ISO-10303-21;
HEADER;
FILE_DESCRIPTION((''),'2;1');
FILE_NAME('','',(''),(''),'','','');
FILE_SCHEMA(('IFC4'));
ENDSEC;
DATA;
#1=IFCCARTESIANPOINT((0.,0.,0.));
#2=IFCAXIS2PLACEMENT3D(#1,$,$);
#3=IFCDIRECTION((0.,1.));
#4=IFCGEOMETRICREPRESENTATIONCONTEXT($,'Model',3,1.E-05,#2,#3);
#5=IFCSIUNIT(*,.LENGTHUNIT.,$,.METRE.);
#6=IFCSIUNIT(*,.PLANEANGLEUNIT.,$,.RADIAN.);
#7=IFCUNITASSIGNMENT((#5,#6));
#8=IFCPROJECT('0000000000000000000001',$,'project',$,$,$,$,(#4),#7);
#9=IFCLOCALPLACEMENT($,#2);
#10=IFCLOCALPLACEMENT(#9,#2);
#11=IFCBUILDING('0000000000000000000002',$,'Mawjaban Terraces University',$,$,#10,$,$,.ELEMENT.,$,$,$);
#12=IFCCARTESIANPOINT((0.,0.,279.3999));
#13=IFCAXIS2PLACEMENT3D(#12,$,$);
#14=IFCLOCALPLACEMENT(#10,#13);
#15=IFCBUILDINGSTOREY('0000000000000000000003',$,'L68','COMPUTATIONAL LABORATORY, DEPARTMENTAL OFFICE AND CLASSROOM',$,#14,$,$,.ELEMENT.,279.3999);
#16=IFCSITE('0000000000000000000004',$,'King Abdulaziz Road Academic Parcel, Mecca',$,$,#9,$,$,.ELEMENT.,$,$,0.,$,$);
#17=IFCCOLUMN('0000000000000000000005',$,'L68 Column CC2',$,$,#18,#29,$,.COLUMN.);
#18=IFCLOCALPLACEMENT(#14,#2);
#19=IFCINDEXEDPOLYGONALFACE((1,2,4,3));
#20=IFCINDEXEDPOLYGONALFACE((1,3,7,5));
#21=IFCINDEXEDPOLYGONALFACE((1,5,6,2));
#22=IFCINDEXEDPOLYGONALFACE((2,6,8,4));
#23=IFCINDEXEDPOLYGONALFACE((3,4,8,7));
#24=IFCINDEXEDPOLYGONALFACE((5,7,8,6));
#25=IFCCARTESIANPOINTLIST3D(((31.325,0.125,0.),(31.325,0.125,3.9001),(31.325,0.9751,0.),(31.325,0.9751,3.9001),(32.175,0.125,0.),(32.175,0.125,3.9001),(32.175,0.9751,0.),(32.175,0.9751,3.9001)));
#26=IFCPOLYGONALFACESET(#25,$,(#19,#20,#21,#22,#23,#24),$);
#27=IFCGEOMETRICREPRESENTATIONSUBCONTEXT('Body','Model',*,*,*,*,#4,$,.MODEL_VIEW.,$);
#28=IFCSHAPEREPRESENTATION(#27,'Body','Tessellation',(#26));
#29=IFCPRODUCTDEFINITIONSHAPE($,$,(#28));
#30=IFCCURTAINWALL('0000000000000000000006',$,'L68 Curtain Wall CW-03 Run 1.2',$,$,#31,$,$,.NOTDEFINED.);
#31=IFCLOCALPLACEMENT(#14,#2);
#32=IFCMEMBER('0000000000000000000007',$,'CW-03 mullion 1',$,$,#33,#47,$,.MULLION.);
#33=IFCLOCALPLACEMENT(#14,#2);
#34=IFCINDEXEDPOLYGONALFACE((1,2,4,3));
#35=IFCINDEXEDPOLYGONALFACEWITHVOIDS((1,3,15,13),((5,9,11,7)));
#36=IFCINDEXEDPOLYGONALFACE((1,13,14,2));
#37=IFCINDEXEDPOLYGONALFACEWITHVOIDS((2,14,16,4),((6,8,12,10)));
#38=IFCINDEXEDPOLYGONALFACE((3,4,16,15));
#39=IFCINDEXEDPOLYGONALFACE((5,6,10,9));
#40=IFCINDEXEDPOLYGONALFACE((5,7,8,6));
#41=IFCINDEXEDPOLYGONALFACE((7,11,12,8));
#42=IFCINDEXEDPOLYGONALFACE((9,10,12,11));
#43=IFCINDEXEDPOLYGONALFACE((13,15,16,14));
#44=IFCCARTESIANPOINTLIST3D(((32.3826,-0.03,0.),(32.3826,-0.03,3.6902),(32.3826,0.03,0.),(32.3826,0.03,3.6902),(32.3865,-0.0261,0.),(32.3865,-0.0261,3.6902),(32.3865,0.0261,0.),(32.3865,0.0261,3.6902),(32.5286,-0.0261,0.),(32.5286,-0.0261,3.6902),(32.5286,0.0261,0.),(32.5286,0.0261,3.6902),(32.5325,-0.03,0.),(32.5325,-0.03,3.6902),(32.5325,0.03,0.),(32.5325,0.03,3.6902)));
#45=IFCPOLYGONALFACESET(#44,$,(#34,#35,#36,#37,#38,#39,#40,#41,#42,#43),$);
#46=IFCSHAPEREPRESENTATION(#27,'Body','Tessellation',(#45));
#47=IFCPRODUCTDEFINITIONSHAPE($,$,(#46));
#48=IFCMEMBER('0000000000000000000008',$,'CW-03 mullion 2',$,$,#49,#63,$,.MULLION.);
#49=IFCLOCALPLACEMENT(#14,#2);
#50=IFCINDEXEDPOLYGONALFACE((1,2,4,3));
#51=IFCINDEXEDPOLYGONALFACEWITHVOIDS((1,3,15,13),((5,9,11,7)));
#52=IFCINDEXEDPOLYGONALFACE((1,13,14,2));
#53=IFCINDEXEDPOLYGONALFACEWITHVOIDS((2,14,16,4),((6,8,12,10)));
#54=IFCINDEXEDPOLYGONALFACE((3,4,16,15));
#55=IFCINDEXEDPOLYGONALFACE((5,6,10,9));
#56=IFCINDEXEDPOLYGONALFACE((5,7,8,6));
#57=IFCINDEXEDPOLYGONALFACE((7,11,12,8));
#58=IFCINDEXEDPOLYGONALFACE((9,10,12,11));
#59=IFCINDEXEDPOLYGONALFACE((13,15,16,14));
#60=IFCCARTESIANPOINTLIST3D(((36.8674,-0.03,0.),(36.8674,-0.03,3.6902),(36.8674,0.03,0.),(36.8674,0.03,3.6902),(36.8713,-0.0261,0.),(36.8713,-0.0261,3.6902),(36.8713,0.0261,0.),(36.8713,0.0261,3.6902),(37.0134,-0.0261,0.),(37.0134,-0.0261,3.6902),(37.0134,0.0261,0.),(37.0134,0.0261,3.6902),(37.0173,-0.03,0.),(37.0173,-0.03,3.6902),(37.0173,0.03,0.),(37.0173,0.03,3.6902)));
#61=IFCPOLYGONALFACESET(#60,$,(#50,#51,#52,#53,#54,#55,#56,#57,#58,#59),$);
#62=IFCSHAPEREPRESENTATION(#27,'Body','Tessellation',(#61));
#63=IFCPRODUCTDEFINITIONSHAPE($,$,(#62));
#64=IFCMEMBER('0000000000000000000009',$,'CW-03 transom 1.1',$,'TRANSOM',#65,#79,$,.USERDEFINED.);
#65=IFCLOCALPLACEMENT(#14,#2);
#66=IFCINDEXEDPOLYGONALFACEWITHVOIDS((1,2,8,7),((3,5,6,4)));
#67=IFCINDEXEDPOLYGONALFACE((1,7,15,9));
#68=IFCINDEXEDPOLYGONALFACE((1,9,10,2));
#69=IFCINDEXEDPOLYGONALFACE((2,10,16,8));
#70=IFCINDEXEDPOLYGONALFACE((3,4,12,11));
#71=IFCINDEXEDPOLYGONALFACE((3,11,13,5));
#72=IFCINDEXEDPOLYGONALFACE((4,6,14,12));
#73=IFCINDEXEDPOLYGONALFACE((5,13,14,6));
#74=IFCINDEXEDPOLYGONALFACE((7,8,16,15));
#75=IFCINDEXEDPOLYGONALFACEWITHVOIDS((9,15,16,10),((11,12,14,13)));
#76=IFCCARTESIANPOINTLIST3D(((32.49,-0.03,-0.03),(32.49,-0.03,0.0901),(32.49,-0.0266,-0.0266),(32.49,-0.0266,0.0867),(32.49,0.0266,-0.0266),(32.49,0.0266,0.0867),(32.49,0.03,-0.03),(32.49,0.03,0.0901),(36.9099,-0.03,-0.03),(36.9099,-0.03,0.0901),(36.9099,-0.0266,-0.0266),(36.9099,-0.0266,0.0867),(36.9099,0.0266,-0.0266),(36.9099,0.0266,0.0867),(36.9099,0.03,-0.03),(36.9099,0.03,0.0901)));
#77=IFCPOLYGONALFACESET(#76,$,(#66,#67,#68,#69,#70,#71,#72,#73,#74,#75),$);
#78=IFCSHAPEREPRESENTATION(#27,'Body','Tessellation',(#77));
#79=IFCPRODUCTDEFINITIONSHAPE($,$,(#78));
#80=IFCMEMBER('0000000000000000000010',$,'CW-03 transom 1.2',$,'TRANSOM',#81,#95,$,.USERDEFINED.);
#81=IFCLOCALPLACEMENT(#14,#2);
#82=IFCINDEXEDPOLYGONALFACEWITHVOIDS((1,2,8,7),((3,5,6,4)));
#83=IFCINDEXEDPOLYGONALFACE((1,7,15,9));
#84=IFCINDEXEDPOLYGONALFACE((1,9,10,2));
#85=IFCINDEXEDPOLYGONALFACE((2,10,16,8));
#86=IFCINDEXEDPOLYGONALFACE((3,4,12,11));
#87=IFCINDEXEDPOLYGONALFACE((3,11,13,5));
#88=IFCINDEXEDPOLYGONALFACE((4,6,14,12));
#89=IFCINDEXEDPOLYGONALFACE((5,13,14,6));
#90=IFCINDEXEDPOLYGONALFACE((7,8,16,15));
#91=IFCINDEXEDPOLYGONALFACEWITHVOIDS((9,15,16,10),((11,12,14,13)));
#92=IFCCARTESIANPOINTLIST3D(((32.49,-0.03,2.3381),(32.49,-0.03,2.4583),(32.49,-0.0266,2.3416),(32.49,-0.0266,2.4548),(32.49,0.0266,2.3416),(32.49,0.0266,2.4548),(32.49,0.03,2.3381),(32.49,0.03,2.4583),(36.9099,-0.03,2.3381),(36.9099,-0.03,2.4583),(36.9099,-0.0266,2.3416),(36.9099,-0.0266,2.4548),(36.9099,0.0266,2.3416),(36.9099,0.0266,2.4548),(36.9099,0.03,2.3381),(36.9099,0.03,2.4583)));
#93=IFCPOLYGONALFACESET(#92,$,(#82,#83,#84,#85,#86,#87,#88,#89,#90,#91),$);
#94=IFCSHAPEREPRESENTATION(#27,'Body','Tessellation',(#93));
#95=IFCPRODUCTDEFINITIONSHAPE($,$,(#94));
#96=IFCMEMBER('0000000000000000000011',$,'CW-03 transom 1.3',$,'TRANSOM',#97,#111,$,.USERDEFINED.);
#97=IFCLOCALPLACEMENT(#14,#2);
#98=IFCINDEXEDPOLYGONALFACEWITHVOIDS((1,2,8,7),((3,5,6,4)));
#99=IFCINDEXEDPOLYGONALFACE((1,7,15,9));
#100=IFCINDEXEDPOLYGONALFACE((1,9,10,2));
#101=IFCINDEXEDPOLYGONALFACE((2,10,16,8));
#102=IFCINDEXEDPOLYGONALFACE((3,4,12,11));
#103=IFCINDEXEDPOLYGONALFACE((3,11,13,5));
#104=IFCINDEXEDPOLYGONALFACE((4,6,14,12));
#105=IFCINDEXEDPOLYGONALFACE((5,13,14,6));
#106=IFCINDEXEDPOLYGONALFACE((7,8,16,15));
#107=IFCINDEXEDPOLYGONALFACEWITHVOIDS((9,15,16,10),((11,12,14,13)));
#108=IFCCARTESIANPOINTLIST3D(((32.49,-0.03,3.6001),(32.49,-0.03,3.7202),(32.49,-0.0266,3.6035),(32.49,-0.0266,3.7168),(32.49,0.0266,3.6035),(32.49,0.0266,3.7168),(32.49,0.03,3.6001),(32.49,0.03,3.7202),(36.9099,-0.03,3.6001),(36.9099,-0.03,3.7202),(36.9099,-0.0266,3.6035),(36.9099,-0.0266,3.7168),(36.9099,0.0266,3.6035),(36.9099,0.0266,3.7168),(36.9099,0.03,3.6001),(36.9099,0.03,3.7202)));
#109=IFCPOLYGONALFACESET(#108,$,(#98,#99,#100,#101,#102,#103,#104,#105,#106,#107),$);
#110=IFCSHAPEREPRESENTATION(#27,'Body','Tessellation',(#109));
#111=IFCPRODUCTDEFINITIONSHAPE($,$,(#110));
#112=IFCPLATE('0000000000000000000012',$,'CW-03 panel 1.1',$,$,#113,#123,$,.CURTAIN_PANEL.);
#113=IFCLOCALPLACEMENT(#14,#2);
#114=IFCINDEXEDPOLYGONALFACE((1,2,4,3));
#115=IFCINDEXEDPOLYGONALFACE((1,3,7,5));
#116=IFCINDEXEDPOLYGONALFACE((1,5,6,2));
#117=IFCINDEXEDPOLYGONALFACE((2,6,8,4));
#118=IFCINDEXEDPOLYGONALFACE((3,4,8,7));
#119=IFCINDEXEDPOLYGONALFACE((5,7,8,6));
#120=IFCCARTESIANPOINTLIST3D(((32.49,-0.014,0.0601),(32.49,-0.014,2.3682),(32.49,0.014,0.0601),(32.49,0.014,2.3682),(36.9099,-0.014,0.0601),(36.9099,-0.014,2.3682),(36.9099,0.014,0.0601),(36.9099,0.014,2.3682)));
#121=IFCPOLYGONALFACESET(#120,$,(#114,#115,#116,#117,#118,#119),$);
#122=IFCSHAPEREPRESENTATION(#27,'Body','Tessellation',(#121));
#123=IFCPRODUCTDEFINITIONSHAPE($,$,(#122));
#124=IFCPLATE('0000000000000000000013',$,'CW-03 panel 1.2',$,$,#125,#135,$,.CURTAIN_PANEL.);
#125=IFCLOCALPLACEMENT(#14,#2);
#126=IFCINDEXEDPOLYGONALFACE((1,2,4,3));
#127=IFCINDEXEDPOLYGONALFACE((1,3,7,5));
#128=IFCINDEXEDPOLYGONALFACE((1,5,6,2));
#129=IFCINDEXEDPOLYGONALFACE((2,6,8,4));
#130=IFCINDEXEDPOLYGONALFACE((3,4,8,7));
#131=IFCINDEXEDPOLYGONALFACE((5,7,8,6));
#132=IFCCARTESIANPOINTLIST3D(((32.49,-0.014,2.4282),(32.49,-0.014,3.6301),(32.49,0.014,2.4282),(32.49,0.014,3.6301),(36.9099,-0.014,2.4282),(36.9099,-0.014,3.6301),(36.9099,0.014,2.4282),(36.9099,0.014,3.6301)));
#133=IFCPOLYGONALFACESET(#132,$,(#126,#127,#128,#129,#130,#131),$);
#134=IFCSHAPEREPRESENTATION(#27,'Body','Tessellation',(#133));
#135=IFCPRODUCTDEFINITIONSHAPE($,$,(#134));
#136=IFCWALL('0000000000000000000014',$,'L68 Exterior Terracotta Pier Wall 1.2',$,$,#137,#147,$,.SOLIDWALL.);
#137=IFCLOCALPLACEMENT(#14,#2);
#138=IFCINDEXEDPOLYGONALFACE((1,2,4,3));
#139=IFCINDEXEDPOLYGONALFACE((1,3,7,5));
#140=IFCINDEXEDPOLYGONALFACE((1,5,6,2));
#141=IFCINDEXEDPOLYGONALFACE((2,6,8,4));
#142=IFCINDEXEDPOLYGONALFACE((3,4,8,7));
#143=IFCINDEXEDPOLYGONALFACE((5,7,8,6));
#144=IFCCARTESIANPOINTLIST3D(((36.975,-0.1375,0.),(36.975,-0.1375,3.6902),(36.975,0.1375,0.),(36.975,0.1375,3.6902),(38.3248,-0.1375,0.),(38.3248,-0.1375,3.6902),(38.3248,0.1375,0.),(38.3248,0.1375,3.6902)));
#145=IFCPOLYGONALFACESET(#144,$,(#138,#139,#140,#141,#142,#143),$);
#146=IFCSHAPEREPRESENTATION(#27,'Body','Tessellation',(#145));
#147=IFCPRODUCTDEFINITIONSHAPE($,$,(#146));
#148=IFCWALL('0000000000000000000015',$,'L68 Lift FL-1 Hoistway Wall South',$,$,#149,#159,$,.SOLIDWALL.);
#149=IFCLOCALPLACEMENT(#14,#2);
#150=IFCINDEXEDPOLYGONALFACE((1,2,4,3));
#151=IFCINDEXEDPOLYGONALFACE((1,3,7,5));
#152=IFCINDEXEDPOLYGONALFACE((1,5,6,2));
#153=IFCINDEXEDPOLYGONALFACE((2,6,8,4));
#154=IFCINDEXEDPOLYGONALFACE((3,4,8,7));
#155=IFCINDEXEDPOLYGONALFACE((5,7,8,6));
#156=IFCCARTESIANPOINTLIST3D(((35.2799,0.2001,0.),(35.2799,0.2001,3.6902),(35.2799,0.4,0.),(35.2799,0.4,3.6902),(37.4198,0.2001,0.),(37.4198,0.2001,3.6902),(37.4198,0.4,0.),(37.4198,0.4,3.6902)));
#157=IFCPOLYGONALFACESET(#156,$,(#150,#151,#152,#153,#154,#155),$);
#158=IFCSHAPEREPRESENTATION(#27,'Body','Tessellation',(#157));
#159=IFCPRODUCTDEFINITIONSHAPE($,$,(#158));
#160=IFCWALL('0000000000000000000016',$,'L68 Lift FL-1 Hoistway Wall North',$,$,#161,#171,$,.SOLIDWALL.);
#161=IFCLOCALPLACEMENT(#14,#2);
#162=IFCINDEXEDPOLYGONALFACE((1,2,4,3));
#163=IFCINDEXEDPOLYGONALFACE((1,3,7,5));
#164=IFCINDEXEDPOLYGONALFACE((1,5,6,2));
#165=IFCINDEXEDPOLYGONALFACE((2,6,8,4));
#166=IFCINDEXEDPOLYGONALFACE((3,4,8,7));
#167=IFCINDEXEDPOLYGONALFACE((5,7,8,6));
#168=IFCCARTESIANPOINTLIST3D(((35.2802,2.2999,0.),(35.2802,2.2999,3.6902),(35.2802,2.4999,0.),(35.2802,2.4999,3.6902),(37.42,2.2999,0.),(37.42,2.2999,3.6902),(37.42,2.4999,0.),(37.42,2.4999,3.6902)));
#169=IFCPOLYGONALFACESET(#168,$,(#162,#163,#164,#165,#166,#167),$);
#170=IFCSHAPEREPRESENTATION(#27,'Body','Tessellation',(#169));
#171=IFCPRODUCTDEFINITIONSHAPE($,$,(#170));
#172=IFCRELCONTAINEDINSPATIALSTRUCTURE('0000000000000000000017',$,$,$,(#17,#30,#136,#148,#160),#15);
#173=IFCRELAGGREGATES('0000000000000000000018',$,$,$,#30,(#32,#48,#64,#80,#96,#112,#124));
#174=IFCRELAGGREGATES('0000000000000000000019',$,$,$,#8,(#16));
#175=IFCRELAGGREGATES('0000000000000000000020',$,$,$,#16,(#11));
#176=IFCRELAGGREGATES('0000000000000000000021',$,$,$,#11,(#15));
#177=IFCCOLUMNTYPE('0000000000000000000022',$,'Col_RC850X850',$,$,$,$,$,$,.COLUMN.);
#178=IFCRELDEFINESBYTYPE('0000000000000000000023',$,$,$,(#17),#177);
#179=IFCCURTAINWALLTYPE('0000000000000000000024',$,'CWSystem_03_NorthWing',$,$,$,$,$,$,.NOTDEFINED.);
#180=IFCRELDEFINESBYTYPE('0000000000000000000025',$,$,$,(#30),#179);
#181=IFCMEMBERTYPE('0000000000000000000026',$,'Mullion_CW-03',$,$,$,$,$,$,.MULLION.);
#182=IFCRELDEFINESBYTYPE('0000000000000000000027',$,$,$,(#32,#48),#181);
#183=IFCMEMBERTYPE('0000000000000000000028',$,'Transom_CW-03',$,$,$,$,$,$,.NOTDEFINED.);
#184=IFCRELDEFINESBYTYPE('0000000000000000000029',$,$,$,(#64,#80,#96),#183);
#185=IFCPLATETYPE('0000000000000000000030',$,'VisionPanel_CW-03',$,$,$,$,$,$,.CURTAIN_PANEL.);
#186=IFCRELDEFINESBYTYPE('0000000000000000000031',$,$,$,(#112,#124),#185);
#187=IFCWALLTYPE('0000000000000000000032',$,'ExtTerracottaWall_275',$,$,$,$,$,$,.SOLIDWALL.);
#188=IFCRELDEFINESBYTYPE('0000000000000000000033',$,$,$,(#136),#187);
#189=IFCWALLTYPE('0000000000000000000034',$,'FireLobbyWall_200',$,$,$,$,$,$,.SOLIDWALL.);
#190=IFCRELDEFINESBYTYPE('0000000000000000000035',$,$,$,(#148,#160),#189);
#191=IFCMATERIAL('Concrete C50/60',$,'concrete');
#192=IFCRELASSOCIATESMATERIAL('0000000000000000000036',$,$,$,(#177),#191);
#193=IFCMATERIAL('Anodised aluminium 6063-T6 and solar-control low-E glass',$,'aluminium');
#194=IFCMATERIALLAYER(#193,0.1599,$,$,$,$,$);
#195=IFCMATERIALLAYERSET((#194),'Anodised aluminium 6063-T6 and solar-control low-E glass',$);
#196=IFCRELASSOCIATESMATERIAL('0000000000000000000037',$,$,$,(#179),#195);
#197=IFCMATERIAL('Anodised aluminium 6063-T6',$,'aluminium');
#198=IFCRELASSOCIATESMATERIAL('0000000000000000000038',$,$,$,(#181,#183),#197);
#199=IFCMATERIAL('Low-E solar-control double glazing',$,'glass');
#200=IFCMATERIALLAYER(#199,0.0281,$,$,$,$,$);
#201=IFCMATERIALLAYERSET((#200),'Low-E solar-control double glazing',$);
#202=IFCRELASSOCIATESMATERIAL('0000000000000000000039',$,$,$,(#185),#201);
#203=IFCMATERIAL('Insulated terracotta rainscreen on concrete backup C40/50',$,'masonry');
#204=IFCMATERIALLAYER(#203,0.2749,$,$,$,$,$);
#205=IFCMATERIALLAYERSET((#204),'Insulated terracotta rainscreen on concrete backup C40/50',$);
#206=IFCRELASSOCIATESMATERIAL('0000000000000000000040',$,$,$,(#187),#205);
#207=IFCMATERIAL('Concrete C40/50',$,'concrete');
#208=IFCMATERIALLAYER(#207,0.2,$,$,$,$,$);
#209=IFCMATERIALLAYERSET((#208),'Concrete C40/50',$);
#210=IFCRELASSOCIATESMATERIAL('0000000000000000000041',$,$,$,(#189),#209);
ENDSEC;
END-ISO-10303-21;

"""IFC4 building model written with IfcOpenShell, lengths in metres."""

from ifc_helpers import new_model, si_unit, direction, frame, frame_2d, origin, origin_2d, place, context, subcontext, project, spatial, rectangle, hollow_rectangle, extrude, material, layer, layer_set, material_profile, profile_set, type_object, element, aggregate, save


model = new_model("IFC4")

# Units and contexts
model_context = context("Model", 3, precision=1e-05, world=origin(), true_north=direction((0.0, 1.0)))
body_context = subcontext(model_context, "Body", "Model", "MODEL_VIEW")
ifc_project = project(units=[si_unit("LENGTHUNIT", "METRE"), si_unit("PLANEANGLEUNIT", "RADIAN")], contexts=[model_context])

# Site, building, storey
site_placement = place(None, origin())
site = spatial("IfcSite", under=ifc_project, at=site_placement, Name="King Abdulaziz Road Academic Parcel, Mecca", CompositionType="ELEMENT", RefElevation=0.0)
building_placement = place(site_placement, origin())
building = spatial("IfcBuilding", under=site, at=building_placement, Name="Mawjaban Terraces University", CompositionType="ELEMENT")
storey_placement = place(building_placement, frame((0.0, 0.0, 279.3999)))
storey = spatial("IfcBuildingStorey", under=building, at=storey_placement, Name="L68", Description="COMPUTATIONAL LABORATORY, DEPARTMENTAL OFFICE AND CLASSROOM", CompositionType="ELEMENT", Elevation=279.3999)

# Column
ifc_material_1 = material(Name="Concrete C50/60", Category="concrete")
ifc_material_profile_1 = material_profile(ifc_material_1, rectangle(XDim=0.8501, YDim=0.8501, at=origin_2d()), Name="RC850X850")
ifc_profile_set_1 = profile_set([ifc_material_profile_1], Name="Concrete C50/60")
column_type = type_object("IfcColumnType", Name="Col_RC850X850", PredefinedType="COLUMN", material=ifc_profile_set_1)
column_placement = place(storey_placement, frame((31.75, 0.55, 0.0), z_axis=(0.0, 0.0, 1.0), x_axis=(1.0, 0.0, 0.0)))
element("IfcColumn", 1, at=column_placement, inside=storey, type_object=column_type, Name="L68 Column CC2", PredefinedType="COLUMN", context=body_context, shape_type="SweptSolid", body=[
    extrude(rectangle(XDim=0.8501, YDim=0.8501, at=origin_2d()), origin(), (0.0, 0.0, 1.0), 3.9001),
])

# Curtain wall, members, plates
ifc_material_2 = material(Name="Anodised aluminium 6063-T6 and solar-control low-E glass", Category="aluminium")
ifc_layer_1 = layer(ifc_material_2, 0.1599)
ifc_layer_set_1 = layer_set([ifc_layer_1], Name="Anodised aluminium 6063-T6 and solar-control low-E glass")
curtain_wall_type = type_object("IfcCurtainWallType", Name="CWSystem_03_NorthWing", PredefinedType="NOTDEFINED", material=ifc_layer_set_1)
curtain_wall_placement = place(storey_placement, origin())
curtain_wall = element("IfcCurtainWall", 2, at=curtain_wall_placement, inside=storey, type_object=curtain_wall_type, Name="L68 Curtain Wall CW-03 Run 1.2", PredefinedType="NOTDEFINED")
ifc_material_3 = material(Name="Anodised aluminium 6063-T6", Category="aluminium")
ifc_material_profile_2 = material_profile(ifc_material_3, hollow_rectangle(XDim=0.0601, YDim=0.1499, WallThickness=0.0039, at=origin_2d()), Name="ALU150X60X4")
ifc_profile_set_2 = profile_set([ifc_material_profile_2], Name="Anodised aluminium 6063-T6")
member_type_1 = type_object("IfcMemberType", Name="Mullion_CW-03", PredefinedType="MULLION", material=ifc_profile_set_2)
member_1_placement = place(storey_placement, frame((32.4575, 0.0, 0.0), z_axis=(0.0, 0.0, 1.0), x_axis=(0.0, 1.0, 0.0)))
member_1 = element("IfcMember", 3, at=member_1_placement, type_object=member_type_1, Name="CW-03 mullion 1", PredefinedType="MULLION", context=body_context, shape_type="SweptSolid", body=[
    extrude(hollow_rectangle(XDim=0.0601, YDim=0.1499, WallThickness=0.0039, at=origin_2d()), origin(), (0.0, 0.0, 1.0), 3.6902),
])
member_2_placement = place(storey_placement, frame((36.9424, 0.0, 0.0), z_axis=(0.0, 0.0, 1.0), x_axis=(0.0, 1.0, 0.0)))
member_2 = element("IfcMember", 4, at=member_2_placement, type_object=member_type_1, Name="CW-03 mullion 2", PredefinedType="MULLION", context=body_context, shape_type="SweptSolid", body=[
    extrude(hollow_rectangle(XDim=0.0601, YDim=0.1499, WallThickness=0.0039, at=origin_2d()), origin(), (0.0, 0.0, 1.0), 3.6902),
])
ifc_material_profile_3 = material_profile(ifc_material_3, hollow_rectangle(XDim=0.0601, YDim=0.1201, WallThickness=0.0034, at=origin_2d()), Name="ALU120X60X3.5")
ifc_profile_set_3 = profile_set([ifc_material_profile_3], Name="Anodised aluminium 6063-T6")
member_type_2 = type_object("IfcMemberType", Name="Transom_CW-03", PredefinedType="NOTDEFINED", material=ifc_profile_set_3)
member_3_placement = place(storey_placement, frame((32.49, 0.0, 0.03), z_axis=(1.0, 0.0, 0.0), x_axis=(0.0, 1.0, 0.0)))
member_3 = element("IfcMember", 5, at=member_3_placement, type_object=member_type_2, Name="CW-03 transom 1.1", ObjectType="TRANSOM", PredefinedType="USERDEFINED", context=body_context, shape_type="SweptSolid", body=[
    extrude(hollow_rectangle(XDim=0.0601, YDim=0.1201, WallThickness=0.0034, at=origin_2d()), origin(), (0.0, 0.0, 1.0), 4.4199),
])
member_4_placement = place(storey_placement, frame((32.49, 0.0, 2.3982), z_axis=(1.0, 0.0, 0.0), x_axis=(0.0, 1.0, 0.0)))
member_4 = element("IfcMember", 6, at=member_4_placement, type_object=member_type_2, Name="CW-03 transom 1.2", ObjectType="TRANSOM", PredefinedType="USERDEFINED", context=body_context, shape_type="SweptSolid", body=[
    extrude(hollow_rectangle(XDim=0.0601, YDim=0.1201, WallThickness=0.0034, at=origin_2d()), origin(), (0.0, 0.0, 1.0), 4.4199),
])
member_5_placement = place(storey_placement, frame((32.49, 0.0, 3.6602), z_axis=(1.0, 0.0, 0.0), x_axis=(0.0, 1.0, 0.0)))
member_5 = element("IfcMember", 7, at=member_5_placement, type_object=member_type_2, Name="CW-03 transom 1.3", ObjectType="TRANSOM", PredefinedType="USERDEFINED", context=body_context, shape_type="SweptSolid", body=[
    extrude(hollow_rectangle(XDim=0.0601, YDim=0.1201, WallThickness=0.0034, at=origin_2d()), origin(), (0.0, 0.0, 1.0), 4.4199),
])
ifc_material_4 = material(Name="Low-E solar-control double glazing", Category="glass")
ifc_layer_2 = layer(ifc_material_4, 0.0281)
ifc_layer_set_2 = layer_set([ifc_layer_2], Name="Low-E solar-control double glazing")
plate_type = type_object("IfcPlateType", Name="VisionPanel_CW-03", PredefinedType="CURTAIN_PANEL", material=ifc_layer_set_2)
plate_1_placement = place(storey_placement, frame((34.7, 0.0, 0.0601), z_axis=(0.0, 0.0, 1.0), x_axis=(1.0, 0.0, 0.0)))
plate_1 = element("IfcPlate", 8, at=plate_1_placement, type_object=plate_type, Name="CW-03 panel 1.1", PredefinedType="CURTAIN_PANEL", context=body_context, shape_type="SweptSolid", body=[
    extrude(rectangle(XDim=4.4199, YDim=0.0281, at=origin_2d()), origin(), (0.0, 0.0, 1.0), 2.3081),
])
plate_2_placement = place(storey_placement, frame((34.7, 0.0, 2.4282), z_axis=(0.0, 0.0, 1.0), x_axis=(1.0, 0.0, 0.0)))
plate_2 = element("IfcPlate", 9, at=plate_2_placement, type_object=plate_type, Name="CW-03 panel 1.2", PredefinedType="CURTAIN_PANEL", context=body_context, shape_type="SweptSolid", body=[
    extrude(rectangle(XDim=4.4199, YDim=0.0281, at=origin_2d()), origin(), (0.0, 0.0, 1.0), 1.2019),
])
aggregate(curtain_wall, [member_1, member_2, member_3, member_4, member_5, plate_1, plate_2])

# Wall
ifc_material_5 = material(Name="Insulated terracotta rainscreen on concrete backup C40/50", Category="masonry")
ifc_layer_3 = layer(ifc_material_5, 0.2749)
ifc_layer_set_3 = layer_set([ifc_layer_3], Name="Insulated terracotta rainscreen on concrete backup C40/50")
wall_type_1 = type_object("IfcWallType", Name="ExtTerracottaWall_275", PredefinedType="SOLIDWALL", material=ifc_layer_set_3)
wall_1_placement = place(storey_placement, frame((36.9751, 0.0, 0.0), z_axis=(0.0, 0.0, 1.0), x_axis=(1.0, 0.0, 0.0)))
element("IfcWall", 10, at=wall_1_placement, inside=storey, type_object=wall_type_1, Name="L68 Exterior Terracotta Pier Wall 1.2", PredefinedType="SOLIDWALL", context=body_context, shape_type="SweptSolid", body=[
    extrude(rectangle(XDim=1.3499, YDim=0.2749, at=frame_2d((0.6748, 0.0))), origin(), (0.0, 0.0, 1.0), 3.6902),
])

# Shared definitions
ifc_material_6 = material(Name="Concrete C40/50", Category="concrete")
ifc_layer_4 = layer(ifc_material_6, 0.2)
ifc_layer_set_4 = layer_set([ifc_layer_4], Name="Concrete C40/50")
wall_type_2 = type_object("IfcWallType", Name="FireLobbyWall_200", PredefinedType="SOLIDWALL", material=ifc_layer_set_4)

# Walls
for number, where, z_axis, x_axis, name in (
    (11, (35.28, 0.3, 0.0), (0.0, 0.0, 1.0), (1.0, 0.0, 0.0), "L68 Lift FL-1 Hoistway Wall South"),
    (12, (37.4199, 2.3999, 0.0), (0.0, 0.0, 1.0), (-1.0, 0.0, 0.0), "L68 Lift FL-1 Hoistway Wall North"),
):
    element("IfcWall", number, at=place(storey_placement, frame(where, z_axis=z_axis, x_axis=x_axis)), inside=storey, type_object=wall_type_2, Name=name, PredefinedType="SOLIDWALL", context=body_context, shape_type="SweptSolid", body=[
        extrude(rectangle(XDim=2.1399, YDim=0.2, at=frame_2d((1.0698, 0.0))), origin(), (0.0, 0.0, 1.0), 3.6902),
    ])

save(model, "model.ifc")
